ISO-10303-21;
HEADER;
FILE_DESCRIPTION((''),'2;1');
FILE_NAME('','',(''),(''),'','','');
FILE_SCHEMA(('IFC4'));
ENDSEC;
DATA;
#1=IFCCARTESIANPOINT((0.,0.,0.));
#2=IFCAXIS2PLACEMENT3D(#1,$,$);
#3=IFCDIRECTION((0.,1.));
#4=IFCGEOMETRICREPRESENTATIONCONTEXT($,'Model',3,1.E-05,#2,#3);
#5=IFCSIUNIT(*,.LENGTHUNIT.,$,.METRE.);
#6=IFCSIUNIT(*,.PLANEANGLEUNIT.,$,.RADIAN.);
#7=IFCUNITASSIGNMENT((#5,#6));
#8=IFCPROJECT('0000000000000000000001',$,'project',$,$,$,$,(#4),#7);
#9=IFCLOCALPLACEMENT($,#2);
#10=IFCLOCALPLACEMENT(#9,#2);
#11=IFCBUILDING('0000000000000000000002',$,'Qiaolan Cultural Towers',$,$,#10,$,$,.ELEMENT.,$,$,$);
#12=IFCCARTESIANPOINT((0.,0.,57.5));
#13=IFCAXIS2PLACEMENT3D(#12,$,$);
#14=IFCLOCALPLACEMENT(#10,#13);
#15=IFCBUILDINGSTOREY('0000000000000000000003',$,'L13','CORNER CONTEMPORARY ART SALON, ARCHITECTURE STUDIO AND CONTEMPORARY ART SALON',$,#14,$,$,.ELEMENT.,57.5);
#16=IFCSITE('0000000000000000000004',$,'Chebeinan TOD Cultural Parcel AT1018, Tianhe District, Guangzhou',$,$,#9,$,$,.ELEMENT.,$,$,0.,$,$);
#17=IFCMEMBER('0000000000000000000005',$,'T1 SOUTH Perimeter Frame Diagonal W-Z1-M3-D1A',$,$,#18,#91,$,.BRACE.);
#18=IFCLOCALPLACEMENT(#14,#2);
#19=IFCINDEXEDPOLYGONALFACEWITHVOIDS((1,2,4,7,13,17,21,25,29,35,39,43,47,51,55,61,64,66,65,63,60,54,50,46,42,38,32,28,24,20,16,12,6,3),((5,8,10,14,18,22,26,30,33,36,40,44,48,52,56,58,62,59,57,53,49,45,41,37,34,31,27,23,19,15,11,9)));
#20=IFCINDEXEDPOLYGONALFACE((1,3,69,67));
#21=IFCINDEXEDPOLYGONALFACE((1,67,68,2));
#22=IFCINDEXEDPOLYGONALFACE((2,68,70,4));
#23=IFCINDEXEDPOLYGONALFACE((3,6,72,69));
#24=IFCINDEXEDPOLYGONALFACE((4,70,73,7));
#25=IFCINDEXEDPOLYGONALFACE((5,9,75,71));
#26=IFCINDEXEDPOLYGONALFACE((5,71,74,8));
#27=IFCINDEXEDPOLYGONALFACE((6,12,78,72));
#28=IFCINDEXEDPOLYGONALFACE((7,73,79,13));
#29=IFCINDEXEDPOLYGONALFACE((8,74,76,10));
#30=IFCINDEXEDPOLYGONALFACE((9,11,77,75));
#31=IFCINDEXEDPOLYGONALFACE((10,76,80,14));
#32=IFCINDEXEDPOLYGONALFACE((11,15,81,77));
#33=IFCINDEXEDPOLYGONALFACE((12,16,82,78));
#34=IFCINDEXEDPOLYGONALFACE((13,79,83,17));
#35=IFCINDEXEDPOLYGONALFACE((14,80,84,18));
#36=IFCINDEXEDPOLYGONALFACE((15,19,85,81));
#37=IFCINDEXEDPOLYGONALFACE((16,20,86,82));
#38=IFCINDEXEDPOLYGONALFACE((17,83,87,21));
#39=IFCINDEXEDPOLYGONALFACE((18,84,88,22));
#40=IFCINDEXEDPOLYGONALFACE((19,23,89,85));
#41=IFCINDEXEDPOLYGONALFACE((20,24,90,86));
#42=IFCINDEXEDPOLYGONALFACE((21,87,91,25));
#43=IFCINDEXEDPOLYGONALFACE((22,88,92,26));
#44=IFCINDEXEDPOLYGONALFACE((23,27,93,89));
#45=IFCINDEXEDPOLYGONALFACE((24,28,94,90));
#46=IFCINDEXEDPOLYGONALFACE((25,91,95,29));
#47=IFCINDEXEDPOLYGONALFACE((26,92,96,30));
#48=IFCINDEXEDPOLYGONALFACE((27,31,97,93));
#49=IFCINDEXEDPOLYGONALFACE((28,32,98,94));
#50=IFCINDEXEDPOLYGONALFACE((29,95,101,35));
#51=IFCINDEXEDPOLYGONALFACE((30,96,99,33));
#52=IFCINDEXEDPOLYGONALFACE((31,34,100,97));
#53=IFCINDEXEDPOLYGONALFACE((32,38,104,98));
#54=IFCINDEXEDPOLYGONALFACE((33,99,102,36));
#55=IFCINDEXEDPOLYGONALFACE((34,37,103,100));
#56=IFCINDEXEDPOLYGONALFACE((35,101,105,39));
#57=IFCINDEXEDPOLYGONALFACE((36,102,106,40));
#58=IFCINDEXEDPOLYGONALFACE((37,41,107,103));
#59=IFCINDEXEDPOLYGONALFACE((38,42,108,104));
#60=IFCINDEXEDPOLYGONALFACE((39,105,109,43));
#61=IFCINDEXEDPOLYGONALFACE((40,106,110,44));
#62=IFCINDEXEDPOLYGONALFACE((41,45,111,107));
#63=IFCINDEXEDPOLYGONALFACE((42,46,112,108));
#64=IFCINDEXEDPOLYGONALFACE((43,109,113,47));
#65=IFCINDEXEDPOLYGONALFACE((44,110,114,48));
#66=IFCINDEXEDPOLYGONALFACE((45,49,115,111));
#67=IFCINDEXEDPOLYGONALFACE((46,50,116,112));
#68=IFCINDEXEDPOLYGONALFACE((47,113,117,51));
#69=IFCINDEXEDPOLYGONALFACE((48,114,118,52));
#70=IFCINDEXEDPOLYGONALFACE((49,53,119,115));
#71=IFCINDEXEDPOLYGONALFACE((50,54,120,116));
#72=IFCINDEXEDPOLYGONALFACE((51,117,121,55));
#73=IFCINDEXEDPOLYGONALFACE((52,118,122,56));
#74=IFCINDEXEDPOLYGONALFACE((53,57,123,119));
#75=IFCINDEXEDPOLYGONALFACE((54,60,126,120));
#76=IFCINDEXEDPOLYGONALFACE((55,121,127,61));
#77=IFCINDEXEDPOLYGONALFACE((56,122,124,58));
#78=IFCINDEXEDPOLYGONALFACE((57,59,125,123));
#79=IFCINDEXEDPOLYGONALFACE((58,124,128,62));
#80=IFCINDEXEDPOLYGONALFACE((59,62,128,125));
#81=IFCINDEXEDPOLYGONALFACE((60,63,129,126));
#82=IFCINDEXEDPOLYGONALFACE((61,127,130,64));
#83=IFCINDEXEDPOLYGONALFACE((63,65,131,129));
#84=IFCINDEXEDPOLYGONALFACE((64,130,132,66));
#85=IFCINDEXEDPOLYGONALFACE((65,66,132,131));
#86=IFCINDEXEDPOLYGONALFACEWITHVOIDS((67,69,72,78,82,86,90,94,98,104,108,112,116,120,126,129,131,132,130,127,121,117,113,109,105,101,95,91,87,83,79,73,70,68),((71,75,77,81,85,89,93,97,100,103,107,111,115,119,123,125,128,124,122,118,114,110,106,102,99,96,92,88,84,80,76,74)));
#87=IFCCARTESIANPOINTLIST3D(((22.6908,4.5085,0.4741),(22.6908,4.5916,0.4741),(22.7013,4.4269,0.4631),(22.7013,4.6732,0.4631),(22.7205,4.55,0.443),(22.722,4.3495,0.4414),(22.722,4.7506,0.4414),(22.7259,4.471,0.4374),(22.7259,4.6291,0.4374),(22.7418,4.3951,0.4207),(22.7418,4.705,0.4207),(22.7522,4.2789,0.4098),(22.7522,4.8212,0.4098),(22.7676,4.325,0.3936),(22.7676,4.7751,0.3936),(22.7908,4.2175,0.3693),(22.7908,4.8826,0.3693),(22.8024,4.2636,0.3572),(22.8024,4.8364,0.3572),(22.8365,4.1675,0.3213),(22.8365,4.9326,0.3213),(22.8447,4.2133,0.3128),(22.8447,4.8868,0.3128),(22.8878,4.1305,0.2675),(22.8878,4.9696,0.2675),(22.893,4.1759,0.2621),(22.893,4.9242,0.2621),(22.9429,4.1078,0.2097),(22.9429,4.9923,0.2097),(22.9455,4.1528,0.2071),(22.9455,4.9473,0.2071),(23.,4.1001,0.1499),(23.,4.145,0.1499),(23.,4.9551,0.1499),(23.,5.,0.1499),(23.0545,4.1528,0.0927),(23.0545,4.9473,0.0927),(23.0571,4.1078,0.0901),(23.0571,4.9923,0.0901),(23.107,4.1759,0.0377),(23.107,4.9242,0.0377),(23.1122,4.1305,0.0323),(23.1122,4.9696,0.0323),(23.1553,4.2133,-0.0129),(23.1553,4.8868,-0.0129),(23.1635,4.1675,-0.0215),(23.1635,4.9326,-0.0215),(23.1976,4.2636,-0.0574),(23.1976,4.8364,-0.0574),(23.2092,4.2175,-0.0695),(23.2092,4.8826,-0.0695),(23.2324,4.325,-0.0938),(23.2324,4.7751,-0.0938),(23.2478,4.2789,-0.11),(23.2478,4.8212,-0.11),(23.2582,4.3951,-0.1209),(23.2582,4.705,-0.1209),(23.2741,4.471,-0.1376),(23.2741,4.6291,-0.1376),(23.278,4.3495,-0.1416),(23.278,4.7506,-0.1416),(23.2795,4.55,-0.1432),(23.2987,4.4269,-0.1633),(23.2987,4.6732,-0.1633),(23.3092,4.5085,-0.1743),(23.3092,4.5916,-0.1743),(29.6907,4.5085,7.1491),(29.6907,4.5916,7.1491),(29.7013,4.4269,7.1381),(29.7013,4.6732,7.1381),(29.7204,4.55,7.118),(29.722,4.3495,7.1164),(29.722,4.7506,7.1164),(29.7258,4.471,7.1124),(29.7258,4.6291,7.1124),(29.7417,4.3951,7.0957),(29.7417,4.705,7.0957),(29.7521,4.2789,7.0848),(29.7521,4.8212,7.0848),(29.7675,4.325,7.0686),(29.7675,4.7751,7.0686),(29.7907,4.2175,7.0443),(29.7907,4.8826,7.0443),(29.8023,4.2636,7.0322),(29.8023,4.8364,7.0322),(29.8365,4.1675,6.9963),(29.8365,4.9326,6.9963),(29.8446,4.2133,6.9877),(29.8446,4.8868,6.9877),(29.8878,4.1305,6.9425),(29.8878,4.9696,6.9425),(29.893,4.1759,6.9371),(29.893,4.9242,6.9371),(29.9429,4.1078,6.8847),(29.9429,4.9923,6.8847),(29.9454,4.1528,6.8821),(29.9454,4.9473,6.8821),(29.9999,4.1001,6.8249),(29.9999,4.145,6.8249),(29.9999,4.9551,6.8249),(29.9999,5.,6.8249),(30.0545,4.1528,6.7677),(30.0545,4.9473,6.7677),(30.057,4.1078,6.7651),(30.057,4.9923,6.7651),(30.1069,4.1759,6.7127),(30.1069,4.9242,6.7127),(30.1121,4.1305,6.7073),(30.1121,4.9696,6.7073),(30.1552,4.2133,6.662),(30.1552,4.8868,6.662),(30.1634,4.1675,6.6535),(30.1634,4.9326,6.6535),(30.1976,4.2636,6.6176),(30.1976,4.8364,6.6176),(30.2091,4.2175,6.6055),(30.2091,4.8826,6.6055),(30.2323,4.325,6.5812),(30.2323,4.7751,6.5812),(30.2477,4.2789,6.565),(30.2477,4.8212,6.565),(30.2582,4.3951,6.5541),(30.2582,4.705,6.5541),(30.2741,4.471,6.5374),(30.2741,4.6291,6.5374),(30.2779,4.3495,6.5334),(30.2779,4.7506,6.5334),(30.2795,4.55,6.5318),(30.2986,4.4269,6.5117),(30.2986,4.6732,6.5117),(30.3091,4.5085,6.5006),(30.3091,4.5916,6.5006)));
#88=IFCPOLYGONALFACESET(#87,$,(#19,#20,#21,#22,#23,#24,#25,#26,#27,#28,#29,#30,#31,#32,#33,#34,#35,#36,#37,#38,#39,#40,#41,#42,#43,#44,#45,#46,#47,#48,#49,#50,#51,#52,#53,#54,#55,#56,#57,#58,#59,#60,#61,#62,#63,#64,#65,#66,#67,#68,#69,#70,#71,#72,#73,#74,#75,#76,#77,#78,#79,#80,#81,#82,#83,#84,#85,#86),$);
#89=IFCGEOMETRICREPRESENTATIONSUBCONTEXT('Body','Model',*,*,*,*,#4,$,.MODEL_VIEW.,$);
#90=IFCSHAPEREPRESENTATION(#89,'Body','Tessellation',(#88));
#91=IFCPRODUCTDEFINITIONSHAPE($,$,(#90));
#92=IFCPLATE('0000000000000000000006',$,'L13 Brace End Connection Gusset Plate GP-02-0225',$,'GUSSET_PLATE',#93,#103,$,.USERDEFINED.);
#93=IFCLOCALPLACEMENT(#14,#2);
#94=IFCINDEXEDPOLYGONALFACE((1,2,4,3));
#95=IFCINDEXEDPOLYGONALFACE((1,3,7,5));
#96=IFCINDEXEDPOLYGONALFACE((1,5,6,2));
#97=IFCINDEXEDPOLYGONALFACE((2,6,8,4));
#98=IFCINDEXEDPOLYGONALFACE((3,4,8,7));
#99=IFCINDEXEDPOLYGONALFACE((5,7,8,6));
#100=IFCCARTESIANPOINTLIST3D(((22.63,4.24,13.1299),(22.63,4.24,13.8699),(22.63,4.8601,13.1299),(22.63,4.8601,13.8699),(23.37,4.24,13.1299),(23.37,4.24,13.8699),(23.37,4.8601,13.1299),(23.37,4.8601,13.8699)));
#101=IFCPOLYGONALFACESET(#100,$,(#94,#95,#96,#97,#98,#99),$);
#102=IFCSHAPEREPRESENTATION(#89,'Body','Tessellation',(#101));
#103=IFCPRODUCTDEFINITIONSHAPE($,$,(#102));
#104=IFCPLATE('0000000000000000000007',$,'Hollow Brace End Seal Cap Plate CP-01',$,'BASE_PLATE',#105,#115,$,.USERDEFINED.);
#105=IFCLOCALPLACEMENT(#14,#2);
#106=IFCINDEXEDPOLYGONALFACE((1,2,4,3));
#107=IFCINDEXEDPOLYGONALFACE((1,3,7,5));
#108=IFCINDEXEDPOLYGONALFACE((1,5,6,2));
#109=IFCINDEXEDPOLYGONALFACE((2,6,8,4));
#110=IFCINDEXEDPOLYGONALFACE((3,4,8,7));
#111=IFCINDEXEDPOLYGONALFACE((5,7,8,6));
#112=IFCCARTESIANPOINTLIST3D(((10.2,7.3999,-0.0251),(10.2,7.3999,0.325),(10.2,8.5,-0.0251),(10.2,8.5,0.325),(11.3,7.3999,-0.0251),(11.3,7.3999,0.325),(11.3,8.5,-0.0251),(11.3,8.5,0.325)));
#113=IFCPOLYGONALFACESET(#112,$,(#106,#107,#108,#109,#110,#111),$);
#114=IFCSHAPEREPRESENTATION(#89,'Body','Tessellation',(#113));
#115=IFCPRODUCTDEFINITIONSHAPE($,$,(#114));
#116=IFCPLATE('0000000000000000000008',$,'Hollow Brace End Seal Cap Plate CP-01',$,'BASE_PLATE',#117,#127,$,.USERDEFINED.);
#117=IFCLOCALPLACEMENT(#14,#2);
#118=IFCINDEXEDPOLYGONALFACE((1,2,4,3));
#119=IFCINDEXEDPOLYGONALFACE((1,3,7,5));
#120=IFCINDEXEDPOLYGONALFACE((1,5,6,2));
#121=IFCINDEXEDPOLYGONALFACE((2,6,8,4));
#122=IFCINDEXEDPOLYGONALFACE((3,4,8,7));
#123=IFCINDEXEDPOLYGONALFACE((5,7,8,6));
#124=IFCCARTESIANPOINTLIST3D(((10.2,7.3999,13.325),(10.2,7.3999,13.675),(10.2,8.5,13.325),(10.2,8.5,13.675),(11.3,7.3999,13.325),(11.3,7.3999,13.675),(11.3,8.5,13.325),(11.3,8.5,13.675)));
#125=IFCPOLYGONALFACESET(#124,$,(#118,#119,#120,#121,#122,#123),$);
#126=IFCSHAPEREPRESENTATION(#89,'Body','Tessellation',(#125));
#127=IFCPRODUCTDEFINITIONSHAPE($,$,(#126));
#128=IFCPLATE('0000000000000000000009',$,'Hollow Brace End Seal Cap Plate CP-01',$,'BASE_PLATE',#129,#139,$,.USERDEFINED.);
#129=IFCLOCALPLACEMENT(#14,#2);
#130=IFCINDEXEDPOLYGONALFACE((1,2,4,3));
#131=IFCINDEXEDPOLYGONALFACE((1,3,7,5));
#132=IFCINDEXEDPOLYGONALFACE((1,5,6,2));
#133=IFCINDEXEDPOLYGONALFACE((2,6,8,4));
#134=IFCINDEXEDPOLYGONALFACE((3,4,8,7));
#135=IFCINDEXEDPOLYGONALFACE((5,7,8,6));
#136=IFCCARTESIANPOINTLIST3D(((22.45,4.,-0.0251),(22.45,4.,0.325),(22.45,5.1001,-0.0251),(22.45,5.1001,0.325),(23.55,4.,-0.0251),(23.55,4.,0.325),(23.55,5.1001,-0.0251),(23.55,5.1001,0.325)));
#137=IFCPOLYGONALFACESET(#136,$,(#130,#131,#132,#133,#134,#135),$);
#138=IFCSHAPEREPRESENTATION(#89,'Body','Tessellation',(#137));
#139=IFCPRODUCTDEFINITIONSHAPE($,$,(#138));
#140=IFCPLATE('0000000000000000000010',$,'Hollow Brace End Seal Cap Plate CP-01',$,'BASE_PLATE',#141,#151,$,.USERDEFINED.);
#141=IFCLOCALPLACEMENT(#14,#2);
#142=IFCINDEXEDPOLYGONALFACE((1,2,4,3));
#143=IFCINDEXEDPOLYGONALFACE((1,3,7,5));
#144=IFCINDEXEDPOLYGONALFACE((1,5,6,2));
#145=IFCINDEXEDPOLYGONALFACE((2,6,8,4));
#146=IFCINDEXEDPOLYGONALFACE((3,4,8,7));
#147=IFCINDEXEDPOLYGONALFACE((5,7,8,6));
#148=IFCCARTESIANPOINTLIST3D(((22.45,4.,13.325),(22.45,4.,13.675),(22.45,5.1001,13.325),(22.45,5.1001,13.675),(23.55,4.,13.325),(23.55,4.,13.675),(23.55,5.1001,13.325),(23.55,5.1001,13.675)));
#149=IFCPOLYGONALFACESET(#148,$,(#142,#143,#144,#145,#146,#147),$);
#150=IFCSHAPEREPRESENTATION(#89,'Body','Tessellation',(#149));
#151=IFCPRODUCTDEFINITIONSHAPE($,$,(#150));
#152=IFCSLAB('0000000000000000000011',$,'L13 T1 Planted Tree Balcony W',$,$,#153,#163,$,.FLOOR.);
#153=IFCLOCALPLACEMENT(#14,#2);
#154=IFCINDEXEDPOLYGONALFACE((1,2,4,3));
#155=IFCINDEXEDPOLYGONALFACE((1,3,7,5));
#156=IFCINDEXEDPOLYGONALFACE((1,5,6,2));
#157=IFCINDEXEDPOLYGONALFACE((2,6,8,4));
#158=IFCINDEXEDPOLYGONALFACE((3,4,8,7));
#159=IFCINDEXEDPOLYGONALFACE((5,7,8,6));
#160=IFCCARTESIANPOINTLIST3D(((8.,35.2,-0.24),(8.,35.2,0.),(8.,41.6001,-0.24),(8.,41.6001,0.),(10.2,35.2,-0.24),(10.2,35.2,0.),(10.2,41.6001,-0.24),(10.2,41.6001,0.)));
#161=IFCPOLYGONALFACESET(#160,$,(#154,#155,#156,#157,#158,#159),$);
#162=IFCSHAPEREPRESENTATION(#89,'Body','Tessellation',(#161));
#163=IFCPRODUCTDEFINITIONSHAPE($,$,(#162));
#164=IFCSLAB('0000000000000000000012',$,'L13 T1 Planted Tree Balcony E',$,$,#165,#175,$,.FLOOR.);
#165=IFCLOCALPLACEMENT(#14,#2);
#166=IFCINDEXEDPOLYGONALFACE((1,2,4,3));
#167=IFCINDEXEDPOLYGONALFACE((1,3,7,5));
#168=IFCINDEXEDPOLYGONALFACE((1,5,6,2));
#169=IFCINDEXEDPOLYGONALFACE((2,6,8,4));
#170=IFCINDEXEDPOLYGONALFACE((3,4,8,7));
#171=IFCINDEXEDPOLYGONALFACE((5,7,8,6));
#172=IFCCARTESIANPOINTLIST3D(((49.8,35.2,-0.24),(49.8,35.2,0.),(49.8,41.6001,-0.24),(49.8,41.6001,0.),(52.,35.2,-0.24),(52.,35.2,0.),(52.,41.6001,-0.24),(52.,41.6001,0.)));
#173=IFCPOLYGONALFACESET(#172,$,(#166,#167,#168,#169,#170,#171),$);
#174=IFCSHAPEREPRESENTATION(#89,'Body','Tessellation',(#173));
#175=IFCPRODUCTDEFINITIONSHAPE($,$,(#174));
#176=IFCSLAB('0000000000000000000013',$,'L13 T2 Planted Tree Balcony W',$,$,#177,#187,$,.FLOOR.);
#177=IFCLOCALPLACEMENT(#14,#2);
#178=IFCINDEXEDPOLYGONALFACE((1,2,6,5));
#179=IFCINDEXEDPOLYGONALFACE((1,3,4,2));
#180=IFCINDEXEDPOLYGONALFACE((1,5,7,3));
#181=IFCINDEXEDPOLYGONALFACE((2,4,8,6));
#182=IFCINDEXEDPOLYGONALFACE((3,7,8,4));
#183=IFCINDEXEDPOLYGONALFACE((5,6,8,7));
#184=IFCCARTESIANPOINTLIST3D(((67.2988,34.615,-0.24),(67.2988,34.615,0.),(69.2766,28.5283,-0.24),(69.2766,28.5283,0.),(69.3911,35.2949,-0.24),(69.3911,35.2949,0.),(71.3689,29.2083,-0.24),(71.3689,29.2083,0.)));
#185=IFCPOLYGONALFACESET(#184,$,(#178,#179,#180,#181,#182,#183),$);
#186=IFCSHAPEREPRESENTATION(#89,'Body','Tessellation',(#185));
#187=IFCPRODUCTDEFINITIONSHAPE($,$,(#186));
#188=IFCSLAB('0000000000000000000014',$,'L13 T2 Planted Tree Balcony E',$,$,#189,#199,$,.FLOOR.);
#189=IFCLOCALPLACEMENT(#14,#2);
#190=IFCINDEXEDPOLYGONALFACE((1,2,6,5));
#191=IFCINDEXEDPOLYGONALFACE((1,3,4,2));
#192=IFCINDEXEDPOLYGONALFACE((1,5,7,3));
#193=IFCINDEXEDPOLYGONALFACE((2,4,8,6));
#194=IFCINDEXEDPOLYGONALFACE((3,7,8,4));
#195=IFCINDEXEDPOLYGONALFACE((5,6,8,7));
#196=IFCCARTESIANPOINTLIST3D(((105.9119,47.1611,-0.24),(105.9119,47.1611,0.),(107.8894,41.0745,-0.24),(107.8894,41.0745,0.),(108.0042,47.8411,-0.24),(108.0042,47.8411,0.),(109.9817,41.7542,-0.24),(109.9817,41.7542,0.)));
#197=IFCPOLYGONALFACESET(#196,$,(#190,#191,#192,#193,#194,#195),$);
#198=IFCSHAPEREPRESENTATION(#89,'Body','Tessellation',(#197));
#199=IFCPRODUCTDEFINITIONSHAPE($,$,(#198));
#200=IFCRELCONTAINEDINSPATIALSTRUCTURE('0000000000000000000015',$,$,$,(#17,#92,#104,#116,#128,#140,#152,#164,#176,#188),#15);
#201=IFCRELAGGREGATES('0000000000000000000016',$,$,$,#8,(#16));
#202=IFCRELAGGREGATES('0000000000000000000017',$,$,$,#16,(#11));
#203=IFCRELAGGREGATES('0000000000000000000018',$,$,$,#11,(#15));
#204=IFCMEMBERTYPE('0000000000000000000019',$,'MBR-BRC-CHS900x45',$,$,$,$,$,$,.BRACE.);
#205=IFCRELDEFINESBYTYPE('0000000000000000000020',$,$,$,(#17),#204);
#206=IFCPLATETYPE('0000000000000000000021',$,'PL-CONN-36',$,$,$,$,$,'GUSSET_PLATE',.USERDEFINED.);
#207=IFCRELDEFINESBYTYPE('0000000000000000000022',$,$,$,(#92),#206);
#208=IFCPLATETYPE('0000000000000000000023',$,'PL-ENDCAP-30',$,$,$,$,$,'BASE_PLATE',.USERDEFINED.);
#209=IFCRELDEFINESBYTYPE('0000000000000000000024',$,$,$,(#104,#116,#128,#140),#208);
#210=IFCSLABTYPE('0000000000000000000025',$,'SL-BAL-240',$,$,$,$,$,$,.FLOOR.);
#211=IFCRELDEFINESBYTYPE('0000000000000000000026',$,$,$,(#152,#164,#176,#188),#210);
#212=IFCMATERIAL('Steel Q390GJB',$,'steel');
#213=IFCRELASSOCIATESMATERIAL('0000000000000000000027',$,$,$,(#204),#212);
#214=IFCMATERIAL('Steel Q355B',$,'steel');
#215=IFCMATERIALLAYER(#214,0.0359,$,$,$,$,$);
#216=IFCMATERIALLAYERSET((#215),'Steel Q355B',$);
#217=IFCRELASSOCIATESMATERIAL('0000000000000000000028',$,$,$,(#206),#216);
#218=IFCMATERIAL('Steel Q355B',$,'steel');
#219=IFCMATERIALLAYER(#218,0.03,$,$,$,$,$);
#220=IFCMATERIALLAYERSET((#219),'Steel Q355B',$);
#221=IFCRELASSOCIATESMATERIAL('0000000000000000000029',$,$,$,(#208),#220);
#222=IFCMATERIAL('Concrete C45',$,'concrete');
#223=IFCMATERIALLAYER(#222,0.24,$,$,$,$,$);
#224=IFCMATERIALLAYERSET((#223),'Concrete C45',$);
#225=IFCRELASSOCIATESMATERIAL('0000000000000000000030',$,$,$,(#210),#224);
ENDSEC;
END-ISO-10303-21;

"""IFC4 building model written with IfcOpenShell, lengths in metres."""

from ifc_helpers import new_model, si_unit, direction, frame, origin, origin_2d, place, context, subcontext, project, spatial, polyline, rectangle, hollow_circle, outline, extrude, material, layer, layer_set, material_profile, profile_set, type_object, element, save


model = new_model("IFC4")

# Units and contexts
model_context = context("Model", 3, precision=1e-05, world=origin(), true_north=direction((0.0, 1.0)))
body_context = subcontext(model_context, "Body", "Model", "MODEL_VIEW")
ifc_project = project(units=[si_unit("LENGTHUNIT", "METRE"), si_unit("PLANEANGLEUNIT", "RADIAN")], contexts=[model_context])

# Site, building, storey
site_placement = place(None, origin())
site = spatial("IfcSite", under=ifc_project, at=site_placement, Name="Chebeinan TOD Cultural Parcel AT1018, Tianhe District, Guangzhou", CompositionType="ELEMENT", RefElevation=0.0)
building_placement = place(site_placement, origin())
building = spatial("IfcBuilding", under=site, at=building_placement, Name="Qiaolan Cultural Towers", CompositionType="ELEMENT")
storey_placement = place(building_placement, frame((0.0, 0.0, 57.5)))
storey = spatial("IfcBuildingStorey", under=building, at=storey_placement, Name="L13", Description="CORNER CONTEMPORARY ART SALON, ARCHITECTURE STUDIO AND CONTEMPORARY ART SALON", CompositionType="ELEMENT", Elevation=57.5)

# Member
ifc_material_1 = material(Name="Steel Q390GJB", Category="steel")
ifc_material_profile_1 = material_profile(ifc_material_1, hollow_circle(Radius=0.45, WallThickness=0.0449, at=origin_2d()), Name="CHS900x45")
ifc_profile_set_1 = profile_set([ifc_material_profile_1], Name="Steel Q390GJB")
member_type = type_object("IfcMemberType", Name="MBR-BRC-CHS900x45", PredefinedType="BRACE", material=ifc_profile_set_1)
member_1_placement = place(storey_placement, frame((23.0, 4.55, 0.1499), z_axis=(0.723705, 0.0, 0.690109), x_axis=(0.0, 1.0, 0.0)))
element("IfcMember", 1, at=member_1_placement, inside=storey, type_object=member_type, Name="T1 SOUTH Perimeter Frame Diagonal W-Z1-M3-D1A", PredefinedType="BRACE", context=body_context, shape_type="SweptSolid", body=[
    extrude(hollow_circle(Radius=0.45, WallThickness=0.0449, at=origin_2d()), origin(), (0.0, 0.0, 1.0), 9.6724),
])

# Plates
ifc_material_2 = material(Name="Steel Q355B", Category="steel")
ifc_layer_1 = layer(ifc_material_2, 0.0359)
ifc_layer_set_1 = layer_set([ifc_layer_1], Name="Steel Q355B")
plate_type_1 = type_object("IfcPlateType", Name="PL-CONN-36", ElementType="GUSSET_PLATE", PredefinedType="USERDEFINED", material=ifc_layer_set_1)
plate_placement = place(storey_placement, frame((23.0, 4.55, 13.1299), z_axis=(0.0, 0.0, 1.0), x_axis=(1.0, 0.0, 0.0)))
element("IfcPlate", 2, at=plate_placement, inside=storey, type_object=plate_type_1, Name="L13 Brace End Connection Gusset Plate GP-02-0225", ObjectType="GUSSET_PLATE", PredefinedType="USERDEFINED", context=body_context, shape_type="SweptSolid", body=[
    extrude(rectangle(XDim=0.74, YDim=0.6201, at=origin_2d()), origin(), (0.0, 0.0, 1.0), 0.74),
])
ifc_material_3 = material(Name="Steel Q355B", Category="steel")
ifc_layer_2 = layer(ifc_material_3, 0.03)
ifc_layer_set_2 = layer_set([ifc_layer_2], Name="Steel Q355B")
plate_type_2 = type_object("IfcPlateType", Name="PL-ENDCAP-30", ElementType="BASE_PLATE", PredefinedType="USERDEFINED", material=ifc_layer_set_2)
for number, where, z_axis, x_axis, name in (
    (3, (10.75, 7.95, -0.0251), (0.0, 0.0, 1.0), (0.0, 1.0, 0.0), "Hollow Brace End Seal Cap Plate CP-01"),
    (4, (10.75, 7.95, 13.325), (0.0, 0.0, 1.0), (0.0, 1.0, 0.0), "Hollow Brace End Seal Cap Plate CP-01"),
    (5, (23.0, 4.55, -0.0251), (0.0, 0.0, 1.0), (1.0, 0.0, 0.0), "Hollow Brace End Seal Cap Plate CP-01"),
    (6, (23.0, 4.55, 13.325), (0.0, 0.0, 1.0), (1.0, 0.0, 0.0), "Hollow Brace End Seal Cap Plate CP-01"),
):
    element("IfcPlate", number, at=place(storey_placement, frame(where, z_axis=z_axis, x_axis=x_axis)), inside=storey, type_object=plate_type_2, Name=name, ObjectType="BASE_PLATE", PredefinedType="USERDEFINED", context=body_context, shape_type="SweptSolid", body=[
        extrude(rectangle(XDim=1.1001, YDim=1.1001, at=origin_2d()), origin(), (0.0, 0.0, 1.0), 0.3501),
    ])

# Slabs
ifc_material_4 = material(Name="Concrete C45", Category="concrete")
ifc_layer_3 = layer(ifc_material_4, 0.24)
ifc_layer_set_3 = layer_set([ifc_layer_3], Name="Concrete C45")
slab_type_1 = type_object("IfcSlabType", Name="SL-BAL-240", PredefinedType="FLOOR", material=ifc_layer_set_3)
slab_1_placement = place(storey_placement, frame((0.0, 0.0, -0.24)))
element("IfcSlab", 7, at=slab_1_placement, inside=storey, type_object=slab_type_1, Name="L13 T1 Planted Tree Balcony W", PredefinedType="FLOOR", context=body_context, shape_type="SweptSolid", body=[
    extrude(outline(polyline([(8.0, 35.2), (10.2, 35.2), (10.2, 41.6001), (8.0, 41.6001), (8.0, 35.2)])), origin(), (0.0, 0.0, 1.0), 0.24),
])
slab_2_placement = place(storey_placement, frame((0.0, 0.0, -0.24)))
element("IfcSlab", 8, at=slab_2_placement, inside=storey, type_object=slab_type_1, Name="L13 T1 Planted Tree Balcony E", PredefinedType="FLOOR", context=body_context, shape_type="SweptSolid", body=[
    extrude(outline(polyline([(49.8, 35.2), (52.0, 35.2), (52.0, 41.6001), (49.8, 41.6001), (49.8, 35.2)])), origin(), (0.0, 0.0, 1.0), 0.24),
])
slab_3_placement = place(storey_placement, frame((0.0, 0.0, -0.24)))
element("IfcSlab", 9, at=slab_3_placement, inside=storey, type_object=slab_type_1, Name="L13 T2 Planted Tree Balcony W", PredefinedType="FLOOR", context=body_context, shape_type="SweptSolid", body=[
    extrude(outline(polyline([(69.2766, 28.5283), (71.3689, 29.2083), (69.3911, 35.2949), (67.2988, 34.615), (69.2766, 28.5283)])), origin(), (0.0, 0.0, 1.0), 0.24),
])
slab_4_placement = place(storey_placement, frame((0.0, 0.0, -0.24)))
element("IfcSlab", 10, at=slab_4_placement, inside=storey, type_object=slab_type_1, Name="L13 T2 Planted Tree Balcony E", PredefinedType="FLOOR", context=body_context, shape_type="SweptSolid", body=[
    extrude(outline(polyline([(107.8894, 41.0745), (109.9817, 41.7542), (108.0042, 47.8411), (105.9119, 47.1611), (107.8894, 41.0745)])), origin(), (0.0, 0.0, 1.0), 0.24),
])

save(model, "model.ifc")
